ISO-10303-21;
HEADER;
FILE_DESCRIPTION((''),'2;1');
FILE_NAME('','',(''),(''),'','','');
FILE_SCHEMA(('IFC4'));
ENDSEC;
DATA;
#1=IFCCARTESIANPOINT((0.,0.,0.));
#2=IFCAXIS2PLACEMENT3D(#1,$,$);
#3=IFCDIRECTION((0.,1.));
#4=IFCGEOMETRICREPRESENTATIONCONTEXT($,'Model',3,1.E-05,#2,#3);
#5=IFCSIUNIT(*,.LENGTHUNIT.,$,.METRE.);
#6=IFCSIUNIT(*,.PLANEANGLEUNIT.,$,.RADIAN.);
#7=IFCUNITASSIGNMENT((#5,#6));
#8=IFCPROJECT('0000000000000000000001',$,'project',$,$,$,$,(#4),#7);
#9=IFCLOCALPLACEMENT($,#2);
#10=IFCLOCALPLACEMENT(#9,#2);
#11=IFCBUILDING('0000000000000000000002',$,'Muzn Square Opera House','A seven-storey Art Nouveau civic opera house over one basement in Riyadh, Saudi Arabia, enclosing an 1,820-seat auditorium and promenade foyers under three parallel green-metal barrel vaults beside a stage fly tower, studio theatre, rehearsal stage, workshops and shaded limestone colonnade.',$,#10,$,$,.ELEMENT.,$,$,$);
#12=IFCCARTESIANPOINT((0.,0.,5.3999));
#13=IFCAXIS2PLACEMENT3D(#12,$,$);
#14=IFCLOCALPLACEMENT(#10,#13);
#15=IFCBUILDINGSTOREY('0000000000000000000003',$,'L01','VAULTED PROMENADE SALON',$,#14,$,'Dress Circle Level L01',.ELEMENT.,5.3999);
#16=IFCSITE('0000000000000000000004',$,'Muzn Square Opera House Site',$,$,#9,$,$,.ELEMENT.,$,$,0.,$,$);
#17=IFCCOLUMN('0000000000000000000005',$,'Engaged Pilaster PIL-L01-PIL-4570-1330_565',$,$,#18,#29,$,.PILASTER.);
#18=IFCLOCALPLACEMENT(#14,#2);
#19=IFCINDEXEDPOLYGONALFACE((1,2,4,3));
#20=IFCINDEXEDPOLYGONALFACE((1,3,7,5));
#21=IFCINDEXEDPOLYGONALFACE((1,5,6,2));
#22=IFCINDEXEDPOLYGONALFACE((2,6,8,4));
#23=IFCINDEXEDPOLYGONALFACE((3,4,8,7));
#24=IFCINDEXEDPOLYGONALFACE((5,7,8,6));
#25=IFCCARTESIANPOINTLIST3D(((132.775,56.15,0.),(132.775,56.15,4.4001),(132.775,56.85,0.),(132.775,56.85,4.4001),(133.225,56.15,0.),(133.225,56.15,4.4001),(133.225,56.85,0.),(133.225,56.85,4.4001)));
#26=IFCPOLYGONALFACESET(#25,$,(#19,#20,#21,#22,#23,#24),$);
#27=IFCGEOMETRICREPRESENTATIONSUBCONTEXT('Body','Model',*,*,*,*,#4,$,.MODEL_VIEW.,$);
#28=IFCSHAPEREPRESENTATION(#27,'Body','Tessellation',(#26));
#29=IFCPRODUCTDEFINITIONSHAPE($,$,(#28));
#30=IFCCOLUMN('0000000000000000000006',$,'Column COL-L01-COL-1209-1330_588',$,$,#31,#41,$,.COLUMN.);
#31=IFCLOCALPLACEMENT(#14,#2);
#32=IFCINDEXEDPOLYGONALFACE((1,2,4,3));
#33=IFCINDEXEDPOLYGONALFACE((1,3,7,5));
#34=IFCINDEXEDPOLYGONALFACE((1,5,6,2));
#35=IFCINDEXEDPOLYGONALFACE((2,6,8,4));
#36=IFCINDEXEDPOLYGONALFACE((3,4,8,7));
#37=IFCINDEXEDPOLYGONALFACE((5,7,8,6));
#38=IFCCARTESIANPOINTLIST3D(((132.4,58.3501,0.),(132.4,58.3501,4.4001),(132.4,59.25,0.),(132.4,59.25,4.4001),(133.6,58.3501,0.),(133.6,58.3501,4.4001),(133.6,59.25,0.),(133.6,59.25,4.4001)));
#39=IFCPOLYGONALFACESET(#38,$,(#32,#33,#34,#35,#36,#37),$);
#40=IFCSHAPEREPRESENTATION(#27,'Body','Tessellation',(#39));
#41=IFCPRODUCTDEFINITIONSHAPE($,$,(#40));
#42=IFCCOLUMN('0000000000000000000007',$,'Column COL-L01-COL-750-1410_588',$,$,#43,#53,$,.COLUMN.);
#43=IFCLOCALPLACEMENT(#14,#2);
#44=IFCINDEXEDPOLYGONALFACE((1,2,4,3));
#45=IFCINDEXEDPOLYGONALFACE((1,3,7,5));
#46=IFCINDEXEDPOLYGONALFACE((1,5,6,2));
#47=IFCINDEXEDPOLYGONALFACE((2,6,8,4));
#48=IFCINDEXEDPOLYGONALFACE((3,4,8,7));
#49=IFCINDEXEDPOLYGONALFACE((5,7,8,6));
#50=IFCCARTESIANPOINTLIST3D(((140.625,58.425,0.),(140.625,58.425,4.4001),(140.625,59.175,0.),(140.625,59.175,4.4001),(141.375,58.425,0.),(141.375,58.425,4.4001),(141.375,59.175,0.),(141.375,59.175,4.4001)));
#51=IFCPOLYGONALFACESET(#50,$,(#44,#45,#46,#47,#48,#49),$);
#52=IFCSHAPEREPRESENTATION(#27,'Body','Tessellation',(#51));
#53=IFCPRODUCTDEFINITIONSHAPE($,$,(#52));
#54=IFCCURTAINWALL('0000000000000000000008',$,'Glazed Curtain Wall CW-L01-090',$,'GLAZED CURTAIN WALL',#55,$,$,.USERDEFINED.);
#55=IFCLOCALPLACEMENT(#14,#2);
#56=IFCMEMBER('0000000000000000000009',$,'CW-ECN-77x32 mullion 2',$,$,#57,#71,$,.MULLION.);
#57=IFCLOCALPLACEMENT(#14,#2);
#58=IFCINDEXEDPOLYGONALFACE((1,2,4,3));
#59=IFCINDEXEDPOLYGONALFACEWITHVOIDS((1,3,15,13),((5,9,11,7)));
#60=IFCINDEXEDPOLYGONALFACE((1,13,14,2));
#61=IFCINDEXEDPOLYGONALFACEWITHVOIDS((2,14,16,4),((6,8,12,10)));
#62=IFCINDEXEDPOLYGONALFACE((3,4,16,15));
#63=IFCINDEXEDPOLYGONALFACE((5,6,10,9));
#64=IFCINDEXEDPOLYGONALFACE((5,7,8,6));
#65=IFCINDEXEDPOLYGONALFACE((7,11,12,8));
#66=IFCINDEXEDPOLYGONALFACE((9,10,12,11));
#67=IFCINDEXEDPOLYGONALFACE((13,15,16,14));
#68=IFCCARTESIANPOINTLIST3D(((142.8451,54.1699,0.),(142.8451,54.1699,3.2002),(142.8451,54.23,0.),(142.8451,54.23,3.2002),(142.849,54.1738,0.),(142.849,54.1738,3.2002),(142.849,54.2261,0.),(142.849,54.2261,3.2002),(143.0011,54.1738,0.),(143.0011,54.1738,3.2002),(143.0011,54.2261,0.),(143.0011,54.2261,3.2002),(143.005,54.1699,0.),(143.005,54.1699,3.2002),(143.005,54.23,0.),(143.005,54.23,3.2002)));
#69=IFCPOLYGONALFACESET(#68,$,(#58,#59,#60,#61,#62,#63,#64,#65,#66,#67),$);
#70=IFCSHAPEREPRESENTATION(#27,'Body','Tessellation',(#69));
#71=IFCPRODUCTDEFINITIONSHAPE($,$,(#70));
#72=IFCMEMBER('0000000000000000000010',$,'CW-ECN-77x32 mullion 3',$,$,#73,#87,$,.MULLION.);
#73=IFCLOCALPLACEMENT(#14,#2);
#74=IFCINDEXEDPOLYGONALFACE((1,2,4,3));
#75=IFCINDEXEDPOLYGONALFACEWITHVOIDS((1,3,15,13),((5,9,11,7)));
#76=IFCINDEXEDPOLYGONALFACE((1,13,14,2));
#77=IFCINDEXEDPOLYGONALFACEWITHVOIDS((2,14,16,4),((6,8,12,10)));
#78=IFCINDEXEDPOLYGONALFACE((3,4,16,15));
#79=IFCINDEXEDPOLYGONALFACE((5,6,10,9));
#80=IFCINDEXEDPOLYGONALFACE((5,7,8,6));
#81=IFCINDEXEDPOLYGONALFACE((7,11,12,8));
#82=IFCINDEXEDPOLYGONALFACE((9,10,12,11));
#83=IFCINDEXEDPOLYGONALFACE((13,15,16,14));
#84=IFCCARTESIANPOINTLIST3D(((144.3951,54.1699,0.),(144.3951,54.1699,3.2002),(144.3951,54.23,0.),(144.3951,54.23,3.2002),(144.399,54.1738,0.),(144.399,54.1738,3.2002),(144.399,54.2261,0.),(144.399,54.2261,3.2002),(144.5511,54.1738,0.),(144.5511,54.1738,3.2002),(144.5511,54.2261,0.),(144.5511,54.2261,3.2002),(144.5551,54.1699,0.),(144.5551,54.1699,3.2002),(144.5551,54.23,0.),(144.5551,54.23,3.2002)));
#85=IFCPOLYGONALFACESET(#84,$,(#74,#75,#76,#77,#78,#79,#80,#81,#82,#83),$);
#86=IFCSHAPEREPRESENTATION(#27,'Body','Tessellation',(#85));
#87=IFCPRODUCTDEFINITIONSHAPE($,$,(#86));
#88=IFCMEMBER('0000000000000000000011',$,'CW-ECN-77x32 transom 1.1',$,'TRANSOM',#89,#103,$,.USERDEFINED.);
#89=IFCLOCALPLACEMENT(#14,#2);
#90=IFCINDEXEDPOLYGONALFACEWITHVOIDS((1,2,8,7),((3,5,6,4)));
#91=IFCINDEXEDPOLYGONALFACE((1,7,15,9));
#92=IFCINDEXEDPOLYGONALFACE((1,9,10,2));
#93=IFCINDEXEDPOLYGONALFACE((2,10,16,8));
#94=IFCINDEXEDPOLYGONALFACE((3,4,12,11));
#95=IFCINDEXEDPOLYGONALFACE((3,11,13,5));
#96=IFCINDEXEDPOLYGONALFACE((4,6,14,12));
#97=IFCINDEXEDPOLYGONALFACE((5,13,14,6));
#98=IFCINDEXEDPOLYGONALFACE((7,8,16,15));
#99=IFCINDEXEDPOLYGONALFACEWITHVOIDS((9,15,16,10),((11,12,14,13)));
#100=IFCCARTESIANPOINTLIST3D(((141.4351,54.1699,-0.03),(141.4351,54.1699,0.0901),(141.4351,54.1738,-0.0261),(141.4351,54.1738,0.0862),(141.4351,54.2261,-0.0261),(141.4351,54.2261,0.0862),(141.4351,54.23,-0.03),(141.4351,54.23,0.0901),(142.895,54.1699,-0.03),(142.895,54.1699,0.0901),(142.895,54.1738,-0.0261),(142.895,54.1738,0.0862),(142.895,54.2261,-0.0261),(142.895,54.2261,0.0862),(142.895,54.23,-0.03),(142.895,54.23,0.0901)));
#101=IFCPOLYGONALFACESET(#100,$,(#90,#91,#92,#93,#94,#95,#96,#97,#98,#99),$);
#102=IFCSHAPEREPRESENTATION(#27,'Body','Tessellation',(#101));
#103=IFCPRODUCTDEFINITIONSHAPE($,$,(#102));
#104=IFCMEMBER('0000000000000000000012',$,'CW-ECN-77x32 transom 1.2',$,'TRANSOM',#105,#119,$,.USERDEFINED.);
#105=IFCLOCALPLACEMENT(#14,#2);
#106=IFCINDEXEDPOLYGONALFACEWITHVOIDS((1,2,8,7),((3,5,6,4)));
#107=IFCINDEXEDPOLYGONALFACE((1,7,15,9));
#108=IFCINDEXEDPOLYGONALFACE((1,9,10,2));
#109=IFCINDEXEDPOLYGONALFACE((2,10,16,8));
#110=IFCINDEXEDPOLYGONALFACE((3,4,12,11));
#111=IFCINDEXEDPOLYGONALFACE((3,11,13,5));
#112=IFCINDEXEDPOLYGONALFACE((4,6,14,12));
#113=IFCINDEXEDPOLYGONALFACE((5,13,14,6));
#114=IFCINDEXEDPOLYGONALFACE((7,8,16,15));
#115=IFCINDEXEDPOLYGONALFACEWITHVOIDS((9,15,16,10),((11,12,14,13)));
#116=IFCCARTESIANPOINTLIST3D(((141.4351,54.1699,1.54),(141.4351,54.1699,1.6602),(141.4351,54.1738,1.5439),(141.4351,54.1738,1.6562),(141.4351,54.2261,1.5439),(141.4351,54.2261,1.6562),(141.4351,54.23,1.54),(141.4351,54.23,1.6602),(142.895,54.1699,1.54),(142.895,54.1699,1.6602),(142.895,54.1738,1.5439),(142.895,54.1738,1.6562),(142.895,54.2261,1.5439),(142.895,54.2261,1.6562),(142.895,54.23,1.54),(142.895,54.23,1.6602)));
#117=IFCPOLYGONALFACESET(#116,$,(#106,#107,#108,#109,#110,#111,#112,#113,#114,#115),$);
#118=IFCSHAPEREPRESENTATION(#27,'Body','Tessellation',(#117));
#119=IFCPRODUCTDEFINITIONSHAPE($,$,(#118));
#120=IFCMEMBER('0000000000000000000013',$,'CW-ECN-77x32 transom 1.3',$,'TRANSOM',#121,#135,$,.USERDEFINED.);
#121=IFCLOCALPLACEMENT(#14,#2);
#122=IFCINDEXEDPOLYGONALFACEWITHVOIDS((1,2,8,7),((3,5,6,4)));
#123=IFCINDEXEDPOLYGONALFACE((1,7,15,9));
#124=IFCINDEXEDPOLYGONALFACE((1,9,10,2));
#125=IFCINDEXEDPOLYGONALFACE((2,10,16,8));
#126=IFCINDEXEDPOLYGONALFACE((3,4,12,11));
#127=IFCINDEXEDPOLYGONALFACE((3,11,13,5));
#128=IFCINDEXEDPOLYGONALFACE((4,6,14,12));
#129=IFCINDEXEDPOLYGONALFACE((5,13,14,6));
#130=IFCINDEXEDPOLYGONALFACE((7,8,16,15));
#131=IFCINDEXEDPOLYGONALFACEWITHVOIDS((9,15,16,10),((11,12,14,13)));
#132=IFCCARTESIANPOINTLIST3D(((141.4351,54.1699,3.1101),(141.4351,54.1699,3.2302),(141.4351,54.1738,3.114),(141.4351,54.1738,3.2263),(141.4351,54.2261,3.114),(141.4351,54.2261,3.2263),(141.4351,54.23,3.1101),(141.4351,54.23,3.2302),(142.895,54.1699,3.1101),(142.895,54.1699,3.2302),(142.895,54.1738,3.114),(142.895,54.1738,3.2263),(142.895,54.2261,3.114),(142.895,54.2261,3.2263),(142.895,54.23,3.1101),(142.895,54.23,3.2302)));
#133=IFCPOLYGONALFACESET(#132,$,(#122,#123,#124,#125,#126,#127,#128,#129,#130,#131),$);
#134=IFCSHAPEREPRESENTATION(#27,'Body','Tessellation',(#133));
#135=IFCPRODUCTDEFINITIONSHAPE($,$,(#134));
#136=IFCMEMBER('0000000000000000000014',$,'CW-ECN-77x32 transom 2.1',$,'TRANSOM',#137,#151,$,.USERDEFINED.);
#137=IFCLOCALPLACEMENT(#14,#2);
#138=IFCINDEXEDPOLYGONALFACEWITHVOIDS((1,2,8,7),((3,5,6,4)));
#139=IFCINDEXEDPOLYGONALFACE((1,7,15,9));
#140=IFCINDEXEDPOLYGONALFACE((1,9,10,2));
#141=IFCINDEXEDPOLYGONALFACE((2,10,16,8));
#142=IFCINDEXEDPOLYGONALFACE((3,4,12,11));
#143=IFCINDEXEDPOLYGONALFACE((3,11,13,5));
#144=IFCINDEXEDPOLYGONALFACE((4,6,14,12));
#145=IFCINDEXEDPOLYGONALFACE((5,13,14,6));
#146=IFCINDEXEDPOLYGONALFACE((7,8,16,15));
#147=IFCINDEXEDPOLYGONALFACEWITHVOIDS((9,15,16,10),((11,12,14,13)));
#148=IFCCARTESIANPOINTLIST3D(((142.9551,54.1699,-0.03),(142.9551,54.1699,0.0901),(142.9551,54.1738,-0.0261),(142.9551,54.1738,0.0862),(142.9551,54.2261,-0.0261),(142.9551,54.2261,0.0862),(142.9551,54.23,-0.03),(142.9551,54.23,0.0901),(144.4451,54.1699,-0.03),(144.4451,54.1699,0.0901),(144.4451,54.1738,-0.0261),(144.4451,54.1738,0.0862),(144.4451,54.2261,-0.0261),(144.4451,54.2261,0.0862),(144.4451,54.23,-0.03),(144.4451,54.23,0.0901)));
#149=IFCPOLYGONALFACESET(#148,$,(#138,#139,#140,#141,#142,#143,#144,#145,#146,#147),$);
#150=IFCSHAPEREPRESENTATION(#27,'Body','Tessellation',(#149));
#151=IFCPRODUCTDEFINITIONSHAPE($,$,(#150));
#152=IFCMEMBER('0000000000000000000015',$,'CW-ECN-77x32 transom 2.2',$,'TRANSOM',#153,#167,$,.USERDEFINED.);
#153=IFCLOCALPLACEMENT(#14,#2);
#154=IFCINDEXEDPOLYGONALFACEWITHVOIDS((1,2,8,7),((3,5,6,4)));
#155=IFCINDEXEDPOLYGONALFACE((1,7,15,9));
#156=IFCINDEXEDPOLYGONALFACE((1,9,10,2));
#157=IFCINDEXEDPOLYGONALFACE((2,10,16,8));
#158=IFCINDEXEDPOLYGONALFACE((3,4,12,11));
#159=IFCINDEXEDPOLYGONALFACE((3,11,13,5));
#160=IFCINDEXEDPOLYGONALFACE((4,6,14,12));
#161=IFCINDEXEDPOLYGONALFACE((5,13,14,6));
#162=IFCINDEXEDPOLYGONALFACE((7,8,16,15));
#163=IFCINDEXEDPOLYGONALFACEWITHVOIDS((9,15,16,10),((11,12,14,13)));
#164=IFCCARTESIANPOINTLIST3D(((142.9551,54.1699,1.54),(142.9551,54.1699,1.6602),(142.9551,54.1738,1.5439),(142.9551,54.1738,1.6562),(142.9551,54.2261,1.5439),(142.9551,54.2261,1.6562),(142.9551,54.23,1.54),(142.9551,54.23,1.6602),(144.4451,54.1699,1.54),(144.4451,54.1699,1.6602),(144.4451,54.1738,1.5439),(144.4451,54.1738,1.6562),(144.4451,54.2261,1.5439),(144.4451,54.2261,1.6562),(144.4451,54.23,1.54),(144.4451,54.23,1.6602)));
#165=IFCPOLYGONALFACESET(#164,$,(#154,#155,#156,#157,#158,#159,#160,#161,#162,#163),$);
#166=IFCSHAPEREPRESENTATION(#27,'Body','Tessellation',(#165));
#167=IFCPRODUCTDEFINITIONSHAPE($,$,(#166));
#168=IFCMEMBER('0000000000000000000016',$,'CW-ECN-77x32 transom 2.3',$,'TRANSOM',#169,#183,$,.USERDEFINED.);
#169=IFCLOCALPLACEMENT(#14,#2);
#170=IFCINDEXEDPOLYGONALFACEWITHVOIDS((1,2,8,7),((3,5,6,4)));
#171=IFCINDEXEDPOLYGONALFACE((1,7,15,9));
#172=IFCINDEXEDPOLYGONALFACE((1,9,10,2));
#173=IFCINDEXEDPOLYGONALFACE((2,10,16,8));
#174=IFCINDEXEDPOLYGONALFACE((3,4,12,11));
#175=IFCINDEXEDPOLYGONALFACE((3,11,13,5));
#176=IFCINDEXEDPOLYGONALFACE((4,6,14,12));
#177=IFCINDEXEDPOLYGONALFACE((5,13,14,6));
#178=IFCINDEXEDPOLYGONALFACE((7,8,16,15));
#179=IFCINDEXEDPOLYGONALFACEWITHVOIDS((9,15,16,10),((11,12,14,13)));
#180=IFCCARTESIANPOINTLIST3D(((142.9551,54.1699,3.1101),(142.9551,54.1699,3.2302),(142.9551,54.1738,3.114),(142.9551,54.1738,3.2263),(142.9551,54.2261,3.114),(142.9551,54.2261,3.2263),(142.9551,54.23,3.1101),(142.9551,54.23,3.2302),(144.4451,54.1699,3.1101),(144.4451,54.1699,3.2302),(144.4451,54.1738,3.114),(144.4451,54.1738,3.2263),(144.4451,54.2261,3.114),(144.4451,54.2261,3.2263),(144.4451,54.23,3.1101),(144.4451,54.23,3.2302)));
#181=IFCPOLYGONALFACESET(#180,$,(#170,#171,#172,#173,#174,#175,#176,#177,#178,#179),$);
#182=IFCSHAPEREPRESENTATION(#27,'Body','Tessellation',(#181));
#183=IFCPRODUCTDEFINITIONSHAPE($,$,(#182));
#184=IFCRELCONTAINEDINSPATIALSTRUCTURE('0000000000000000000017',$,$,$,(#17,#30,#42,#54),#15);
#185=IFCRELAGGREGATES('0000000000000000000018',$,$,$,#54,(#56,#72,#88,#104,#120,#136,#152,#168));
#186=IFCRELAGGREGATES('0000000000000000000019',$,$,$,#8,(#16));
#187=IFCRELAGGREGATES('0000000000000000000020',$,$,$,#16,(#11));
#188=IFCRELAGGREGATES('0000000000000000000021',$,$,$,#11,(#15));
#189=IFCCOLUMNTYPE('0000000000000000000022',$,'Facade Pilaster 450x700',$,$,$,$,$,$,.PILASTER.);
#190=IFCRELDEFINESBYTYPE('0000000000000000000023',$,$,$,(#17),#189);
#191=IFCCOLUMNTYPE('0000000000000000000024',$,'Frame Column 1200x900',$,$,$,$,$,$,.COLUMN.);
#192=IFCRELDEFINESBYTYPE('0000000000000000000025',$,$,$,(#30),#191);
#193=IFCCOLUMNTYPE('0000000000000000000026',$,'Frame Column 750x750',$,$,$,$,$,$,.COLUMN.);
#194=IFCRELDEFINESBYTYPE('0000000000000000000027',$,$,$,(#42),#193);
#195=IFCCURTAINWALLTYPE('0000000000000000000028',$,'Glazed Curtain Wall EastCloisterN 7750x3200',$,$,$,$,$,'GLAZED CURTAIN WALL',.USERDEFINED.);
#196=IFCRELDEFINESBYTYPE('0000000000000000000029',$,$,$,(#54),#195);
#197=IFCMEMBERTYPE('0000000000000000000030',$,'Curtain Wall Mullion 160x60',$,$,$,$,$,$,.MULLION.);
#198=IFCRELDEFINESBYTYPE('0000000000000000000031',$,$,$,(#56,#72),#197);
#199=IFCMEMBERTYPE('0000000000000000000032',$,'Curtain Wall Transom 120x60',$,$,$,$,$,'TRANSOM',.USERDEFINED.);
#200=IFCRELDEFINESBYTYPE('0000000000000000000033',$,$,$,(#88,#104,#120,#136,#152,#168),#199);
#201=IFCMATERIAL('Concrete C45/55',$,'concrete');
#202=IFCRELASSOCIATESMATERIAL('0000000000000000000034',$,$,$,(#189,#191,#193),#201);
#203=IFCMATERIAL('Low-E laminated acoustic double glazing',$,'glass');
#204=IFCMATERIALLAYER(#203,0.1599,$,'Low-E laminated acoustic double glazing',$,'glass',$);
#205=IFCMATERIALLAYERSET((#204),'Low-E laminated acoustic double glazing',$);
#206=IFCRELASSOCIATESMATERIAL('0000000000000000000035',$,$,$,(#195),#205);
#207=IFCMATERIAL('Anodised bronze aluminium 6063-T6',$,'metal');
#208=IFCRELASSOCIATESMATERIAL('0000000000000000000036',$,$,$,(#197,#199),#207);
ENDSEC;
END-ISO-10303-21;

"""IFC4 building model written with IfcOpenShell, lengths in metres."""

from ifc_helpers import new_model, si_unit, direction, frame, origin, origin_2d, place, context, subcontext, project, spatial, rectangle, hollow_rectangle, extrude, material, layer, layer_set, material_profile, profile_set, type_object, element, aggregate, save


model = new_model("IFC4")

# Units and contexts
model_context = context("Model", 3, precision=1e-05, world=origin(), true_north=direction((0.0, 1.0)))
body_context = subcontext(model_context, "Body", "Model", "MODEL_VIEW")
ifc_project = project(units=[si_unit("LENGTHUNIT", "METRE"), si_unit("PLANEANGLEUNIT", "RADIAN")], contexts=[model_context])

# Site, building, storey
site_placement = place(None, origin())
site = spatial("IfcSite", under=ifc_project, at=site_placement, Name="Muzn Square Opera House Site", CompositionType="ELEMENT", RefElevation=0.0)
building_placement = place(site_placement, origin())
building = spatial("IfcBuilding", under=site, at=building_placement, Name="Muzn Square Opera House", Description="A seven-storey Art Nouveau civic opera house over one basement in Riyadh, Saudi Arabia, enclosing an 1,820-seat auditorium and promenade foyers under three parallel green-metal barrel vaults beside a stage fly tower, studio theatre, rehearsal stage, workshops and shaded limestone colonnade.", CompositionType="ELEMENT")
storey_placement = place(building_placement, frame((0.0, 0.0, 5.3999)))
storey = spatial("IfcBuildingStorey", under=building, at=storey_placement, Name="L01", Description="VAULTED PROMENADE SALON", LongName="Dress Circle Level L01", CompositionType="ELEMENT", Elevation=5.3999)

# Columns
ifc_material_1 = material(Name="Concrete C45/55", Category="concrete")
ifc_material_profile_1 = material_profile(ifc_material_1, rectangle(XDim=0.45, YDim=0.7, at=origin_2d()), Name="RC 450x700", Category="concrete")
ifc_profile_set_1 = profile_set([ifc_material_profile_1], Name="Concrete C45/55")
column_type_1 = type_object("IfcColumnType", Name="Facade Pilaster 450x700", PredefinedType="PILASTER", material=ifc_profile_set_1)
column_1_placement = place(storey_placement, frame((133.0, 56.5, 0.0), z_axis=(0.0, 0.0, 1.0), x_axis=(1.0, 0.0, 0.0)))
element("IfcColumn", 1, at=column_1_placement, inside=storey, type_object=column_type_1, Name="Engaged Pilaster PIL-L01-PIL-4570-1330_565", PredefinedType="PILASTER", context=body_context, shape_type="SweptSolid", body=[
    extrude(rectangle(XDim=0.45, YDim=0.7, at=origin_2d()), origin(), (0.0, 0.0, 1.0), 4.4001),
])
ifc_material_profile_2 = material_profile(ifc_material_1, rectangle(XDim=1.2, YDim=0.8999, at=origin_2d()), Name="RC 1200x900", Category="concrete")
ifc_profile_set_2 = profile_set([ifc_material_profile_2], Name="Concrete C45/55")
column_type_2 = type_object("IfcColumnType", Name="Frame Column 1200x900", PredefinedType="COLUMN", material=ifc_profile_set_2)
column_2_placement = place(storey_placement, frame((133.0, 58.8, 0.0), z_axis=(0.0, 0.0, 1.0), x_axis=(1.0, 0.0, 0.0)))
element("IfcColumn", 2, at=column_2_placement, inside=storey, type_object=column_type_2, Name="Column COL-L01-COL-1209-1330_588", PredefinedType="COLUMN", context=body_context, shape_type="SweptSolid", body=[
    extrude(rectangle(XDim=1.2, YDim=0.8999, at=origin_2d()), origin(), (0.0, 0.0, 1.0), 4.4001),
])
ifc_material_profile_3 = material_profile(ifc_material_1, rectangle(XDim=0.75, YDim=0.75, at=origin_2d()), Name="RC 750x750", Category="concrete")
ifc_profile_set_3 = profile_set([ifc_material_profile_3], Name="Concrete C45/55")
column_type_3 = type_object("IfcColumnType", Name="Frame Column 750x750", PredefinedType="COLUMN", material=ifc_profile_set_3)
column_3_placement = place(storey_placement, frame((141.0, 58.8, 0.0), z_axis=(0.0, 0.0, 1.0), x_axis=(1.0, 0.0, 0.0)))
element("IfcColumn", 3, at=column_3_placement, inside=storey, type_object=column_type_3, Name="Column COL-L01-COL-750-1410_588", PredefinedType="COLUMN", context=body_context, shape_type="SweptSolid", body=[
    extrude(rectangle(XDim=0.75, YDim=0.75, at=origin_2d()), origin(), (0.0, 0.0, 1.0), 4.4001),
])

# Curtain wall, members
ifc_material_2 = material(Name="Low-E laminated acoustic double glazing", Category="glass")
ifc_layer_1 = layer(ifc_material_2, 0.1599, Name="Low-E laminated acoustic double glazing", Category="glass")
ifc_layer_set_1 = layer_set([ifc_layer_1], Name="Low-E laminated acoustic double glazing")
curtain_wall_type = type_object("IfcCurtainWallType", Name="Glazed Curtain Wall EastCloisterN 7750x3200", ElementType="GLAZED CURTAIN WALL", PredefinedType="USERDEFINED", material=ifc_layer_set_1)
curtain_wall_placement = place(storey_placement, origin())
curtain_wall = element("IfcCurtainWall", 4, at=curtain_wall_placement, inside=storey, type_object=curtain_wall_type, Name="Glazed Curtain Wall CW-L01-090", ObjectType="GLAZED CURTAIN WALL", PredefinedType="USERDEFINED")
ifc_material_3 = material(Name="Anodised bronze aluminium 6063-T6", Category="metal")
ifc_material_profile_4 = material_profile(ifc_material_3, hollow_rectangle(XDim=0.0601, YDim=0.1599, WallThickness=0.0039, at=origin_2d()), Name="ALU 160x60x4", Category="metal")
ifc_profile_set_4 = profile_set([ifc_material_profile_4], Name="Anodised bronze aluminium 6063-T6")
member_type_1 = type_object("IfcMemberType", Name="Curtain Wall Mullion 160x60", PredefinedType="MULLION", material=ifc_profile_set_4)
member_1_placement = place(storey_placement, frame((142.925, 54.2, 0.0), z_axis=(0.0, 0.0, 1.0), x_axis=(0.0, 1.0, 0.0)))
member_1 = element("IfcMember", 5, at=member_1_placement, type_object=member_type_1, Name="CW-ECN-77x32 mullion 2", PredefinedType="MULLION", context=body_context, shape_type="SweptSolid", body=[
    extrude(hollow_rectangle(XDim=0.0601, YDim=0.1599, WallThickness=0.0039, at=origin_2d()), origin(), (0.0, 0.0, 1.0), 3.2002),
])
member_2_placement = place(storey_placement, frame((144.4751, 54.2, 0.0), z_axis=(0.0, 0.0, 1.0), x_axis=(0.0, 1.0, 0.0)))
member_2 = element("IfcMember", 6, at=member_2_placement, type_object=member_type_1, Name="CW-ECN-77x32 mullion 3", PredefinedType="MULLION", context=body_context, shape_type="SweptSolid", body=[
    extrude(hollow_rectangle(XDim=0.0601, YDim=0.1599, WallThickness=0.0039, at=origin_2d()), origin(), (0.0, 0.0, 1.0), 3.2002),
])
ifc_material_profile_5 = material_profile(ifc_material_3, hollow_rectangle(XDim=0.0601, YDim=0.1201, WallThickness=0.0039, at=origin_2d()), Name="ALU 120x60x4", Category="metal")
ifc_profile_set_5 = profile_set([ifc_material_profile_5], Name="Anodised bronze aluminium 6063-T6")
member_type_2 = type_object("IfcMemberType", Name="Curtain Wall Transom 120x60", ElementType="TRANSOM", PredefinedType="USERDEFINED", material=ifc_profile_set_5)
member_3_placement = place(storey_placement, frame((141.4351, 54.2, 0.03), z_axis=(1.0, 0.0, 0.0), x_axis=(0.0, 1.0, 0.0)))
member_3 = element("IfcMember", 7, at=member_3_placement, type_object=member_type_2, Name="CW-ECN-77x32 transom 1.1", ObjectType="TRANSOM", PredefinedType="USERDEFINED", context=body_context, shape_type="SweptSolid", body=[
    extrude(hollow_rectangle(XDim=0.0601, YDim=0.1201, WallThickness=0.0039, at=origin_2d()), origin(), (0.0, 0.0, 1.0), 1.46),
])
member_4_placement = place(storey_placement, frame((141.4351, 54.2, 1.6001), z_axis=(1.0, 0.0, 0.0), x_axis=(0.0, 1.0, 0.0)))
member_4 = element("IfcMember", 8, at=member_4_placement, type_object=member_type_2, Name="CW-ECN-77x32 transom 1.2", ObjectType="TRANSOM", PredefinedType="USERDEFINED", context=body_context, shape_type="SweptSolid", body=[
    extrude(hollow_rectangle(XDim=0.0601, YDim=0.1201, WallThickness=0.0039, at=origin_2d()), origin(), (0.0, 0.0, 1.0), 1.46),
])
member_5_placement = place(storey_placement, frame((141.4351, 54.2, 3.1702), z_axis=(1.0, 0.0, 0.0), x_axis=(0.0, 1.0, 0.0)))
member_5 = element("IfcMember", 9, at=member_5_placement, type_object=member_type_2, Name="CW-ECN-77x32 transom 1.3", ObjectType="TRANSOM", PredefinedType="USERDEFINED", context=body_context, shape_type="SweptSolid", body=[
    extrude(hollow_rectangle(XDim=0.0601, YDim=0.1201, WallThickness=0.0039, at=origin_2d()), origin(), (0.0, 0.0, 1.0), 1.46),
])
member_6_placement = place(storey_placement, frame((142.9551, 54.2, 0.03), z_axis=(1.0, 0.0, 0.0), x_axis=(0.0, 1.0, 0.0)))
member_6 = element("IfcMember", 10, at=member_6_placement, type_object=member_type_2, Name="CW-ECN-77x32 transom 2.1", ObjectType="TRANSOM", PredefinedType="USERDEFINED", context=body_context, shape_type="SweptSolid", body=[
    extrude(hollow_rectangle(XDim=0.0601, YDim=0.1201, WallThickness=0.0039, at=origin_2d()), origin(), (0.0, 0.0, 1.0), 1.49),
])
member_7_placement = place(storey_placement, frame((142.9551, 54.2, 1.6001), z_axis=(1.0, 0.0, 0.0), x_axis=(0.0, 1.0, 0.0)))
member_7 = element("IfcMember", 11, at=member_7_placement, type_object=member_type_2, Name="CW-ECN-77x32 transom 2.2", ObjectType="TRANSOM", PredefinedType="USERDEFINED", context=body_context, shape_type="SweptSolid", body=[
    extrude(hollow_rectangle(XDim=0.0601, YDim=0.1201, WallThickness=0.0039, at=origin_2d()), origin(), (0.0, 0.0, 1.0), 1.49),
])
member_8_placement = place(storey_placement, frame((142.9551, 54.2, 3.1702), z_axis=(1.0, 0.0, 0.0), x_axis=(0.0, 1.0, 0.0)))
member_8 = element("IfcMember", 12, at=member_8_placement, type_object=member_type_2, Name="CW-ECN-77x32 transom 2.3", ObjectType="TRANSOM", PredefinedType="USERDEFINED", context=body_context, shape_type="SweptSolid", body=[
    extrude(hollow_rectangle(XDim=0.0601, YDim=0.1201, WallThickness=0.0039, at=origin_2d()), origin(), (0.0, 0.0, 1.0), 1.49),
])

aggregate(curtain_wall, [member_1, member_2, member_3, member_4, member_5, member_6, member_7, member_8])

save(model, "model.ifc")
